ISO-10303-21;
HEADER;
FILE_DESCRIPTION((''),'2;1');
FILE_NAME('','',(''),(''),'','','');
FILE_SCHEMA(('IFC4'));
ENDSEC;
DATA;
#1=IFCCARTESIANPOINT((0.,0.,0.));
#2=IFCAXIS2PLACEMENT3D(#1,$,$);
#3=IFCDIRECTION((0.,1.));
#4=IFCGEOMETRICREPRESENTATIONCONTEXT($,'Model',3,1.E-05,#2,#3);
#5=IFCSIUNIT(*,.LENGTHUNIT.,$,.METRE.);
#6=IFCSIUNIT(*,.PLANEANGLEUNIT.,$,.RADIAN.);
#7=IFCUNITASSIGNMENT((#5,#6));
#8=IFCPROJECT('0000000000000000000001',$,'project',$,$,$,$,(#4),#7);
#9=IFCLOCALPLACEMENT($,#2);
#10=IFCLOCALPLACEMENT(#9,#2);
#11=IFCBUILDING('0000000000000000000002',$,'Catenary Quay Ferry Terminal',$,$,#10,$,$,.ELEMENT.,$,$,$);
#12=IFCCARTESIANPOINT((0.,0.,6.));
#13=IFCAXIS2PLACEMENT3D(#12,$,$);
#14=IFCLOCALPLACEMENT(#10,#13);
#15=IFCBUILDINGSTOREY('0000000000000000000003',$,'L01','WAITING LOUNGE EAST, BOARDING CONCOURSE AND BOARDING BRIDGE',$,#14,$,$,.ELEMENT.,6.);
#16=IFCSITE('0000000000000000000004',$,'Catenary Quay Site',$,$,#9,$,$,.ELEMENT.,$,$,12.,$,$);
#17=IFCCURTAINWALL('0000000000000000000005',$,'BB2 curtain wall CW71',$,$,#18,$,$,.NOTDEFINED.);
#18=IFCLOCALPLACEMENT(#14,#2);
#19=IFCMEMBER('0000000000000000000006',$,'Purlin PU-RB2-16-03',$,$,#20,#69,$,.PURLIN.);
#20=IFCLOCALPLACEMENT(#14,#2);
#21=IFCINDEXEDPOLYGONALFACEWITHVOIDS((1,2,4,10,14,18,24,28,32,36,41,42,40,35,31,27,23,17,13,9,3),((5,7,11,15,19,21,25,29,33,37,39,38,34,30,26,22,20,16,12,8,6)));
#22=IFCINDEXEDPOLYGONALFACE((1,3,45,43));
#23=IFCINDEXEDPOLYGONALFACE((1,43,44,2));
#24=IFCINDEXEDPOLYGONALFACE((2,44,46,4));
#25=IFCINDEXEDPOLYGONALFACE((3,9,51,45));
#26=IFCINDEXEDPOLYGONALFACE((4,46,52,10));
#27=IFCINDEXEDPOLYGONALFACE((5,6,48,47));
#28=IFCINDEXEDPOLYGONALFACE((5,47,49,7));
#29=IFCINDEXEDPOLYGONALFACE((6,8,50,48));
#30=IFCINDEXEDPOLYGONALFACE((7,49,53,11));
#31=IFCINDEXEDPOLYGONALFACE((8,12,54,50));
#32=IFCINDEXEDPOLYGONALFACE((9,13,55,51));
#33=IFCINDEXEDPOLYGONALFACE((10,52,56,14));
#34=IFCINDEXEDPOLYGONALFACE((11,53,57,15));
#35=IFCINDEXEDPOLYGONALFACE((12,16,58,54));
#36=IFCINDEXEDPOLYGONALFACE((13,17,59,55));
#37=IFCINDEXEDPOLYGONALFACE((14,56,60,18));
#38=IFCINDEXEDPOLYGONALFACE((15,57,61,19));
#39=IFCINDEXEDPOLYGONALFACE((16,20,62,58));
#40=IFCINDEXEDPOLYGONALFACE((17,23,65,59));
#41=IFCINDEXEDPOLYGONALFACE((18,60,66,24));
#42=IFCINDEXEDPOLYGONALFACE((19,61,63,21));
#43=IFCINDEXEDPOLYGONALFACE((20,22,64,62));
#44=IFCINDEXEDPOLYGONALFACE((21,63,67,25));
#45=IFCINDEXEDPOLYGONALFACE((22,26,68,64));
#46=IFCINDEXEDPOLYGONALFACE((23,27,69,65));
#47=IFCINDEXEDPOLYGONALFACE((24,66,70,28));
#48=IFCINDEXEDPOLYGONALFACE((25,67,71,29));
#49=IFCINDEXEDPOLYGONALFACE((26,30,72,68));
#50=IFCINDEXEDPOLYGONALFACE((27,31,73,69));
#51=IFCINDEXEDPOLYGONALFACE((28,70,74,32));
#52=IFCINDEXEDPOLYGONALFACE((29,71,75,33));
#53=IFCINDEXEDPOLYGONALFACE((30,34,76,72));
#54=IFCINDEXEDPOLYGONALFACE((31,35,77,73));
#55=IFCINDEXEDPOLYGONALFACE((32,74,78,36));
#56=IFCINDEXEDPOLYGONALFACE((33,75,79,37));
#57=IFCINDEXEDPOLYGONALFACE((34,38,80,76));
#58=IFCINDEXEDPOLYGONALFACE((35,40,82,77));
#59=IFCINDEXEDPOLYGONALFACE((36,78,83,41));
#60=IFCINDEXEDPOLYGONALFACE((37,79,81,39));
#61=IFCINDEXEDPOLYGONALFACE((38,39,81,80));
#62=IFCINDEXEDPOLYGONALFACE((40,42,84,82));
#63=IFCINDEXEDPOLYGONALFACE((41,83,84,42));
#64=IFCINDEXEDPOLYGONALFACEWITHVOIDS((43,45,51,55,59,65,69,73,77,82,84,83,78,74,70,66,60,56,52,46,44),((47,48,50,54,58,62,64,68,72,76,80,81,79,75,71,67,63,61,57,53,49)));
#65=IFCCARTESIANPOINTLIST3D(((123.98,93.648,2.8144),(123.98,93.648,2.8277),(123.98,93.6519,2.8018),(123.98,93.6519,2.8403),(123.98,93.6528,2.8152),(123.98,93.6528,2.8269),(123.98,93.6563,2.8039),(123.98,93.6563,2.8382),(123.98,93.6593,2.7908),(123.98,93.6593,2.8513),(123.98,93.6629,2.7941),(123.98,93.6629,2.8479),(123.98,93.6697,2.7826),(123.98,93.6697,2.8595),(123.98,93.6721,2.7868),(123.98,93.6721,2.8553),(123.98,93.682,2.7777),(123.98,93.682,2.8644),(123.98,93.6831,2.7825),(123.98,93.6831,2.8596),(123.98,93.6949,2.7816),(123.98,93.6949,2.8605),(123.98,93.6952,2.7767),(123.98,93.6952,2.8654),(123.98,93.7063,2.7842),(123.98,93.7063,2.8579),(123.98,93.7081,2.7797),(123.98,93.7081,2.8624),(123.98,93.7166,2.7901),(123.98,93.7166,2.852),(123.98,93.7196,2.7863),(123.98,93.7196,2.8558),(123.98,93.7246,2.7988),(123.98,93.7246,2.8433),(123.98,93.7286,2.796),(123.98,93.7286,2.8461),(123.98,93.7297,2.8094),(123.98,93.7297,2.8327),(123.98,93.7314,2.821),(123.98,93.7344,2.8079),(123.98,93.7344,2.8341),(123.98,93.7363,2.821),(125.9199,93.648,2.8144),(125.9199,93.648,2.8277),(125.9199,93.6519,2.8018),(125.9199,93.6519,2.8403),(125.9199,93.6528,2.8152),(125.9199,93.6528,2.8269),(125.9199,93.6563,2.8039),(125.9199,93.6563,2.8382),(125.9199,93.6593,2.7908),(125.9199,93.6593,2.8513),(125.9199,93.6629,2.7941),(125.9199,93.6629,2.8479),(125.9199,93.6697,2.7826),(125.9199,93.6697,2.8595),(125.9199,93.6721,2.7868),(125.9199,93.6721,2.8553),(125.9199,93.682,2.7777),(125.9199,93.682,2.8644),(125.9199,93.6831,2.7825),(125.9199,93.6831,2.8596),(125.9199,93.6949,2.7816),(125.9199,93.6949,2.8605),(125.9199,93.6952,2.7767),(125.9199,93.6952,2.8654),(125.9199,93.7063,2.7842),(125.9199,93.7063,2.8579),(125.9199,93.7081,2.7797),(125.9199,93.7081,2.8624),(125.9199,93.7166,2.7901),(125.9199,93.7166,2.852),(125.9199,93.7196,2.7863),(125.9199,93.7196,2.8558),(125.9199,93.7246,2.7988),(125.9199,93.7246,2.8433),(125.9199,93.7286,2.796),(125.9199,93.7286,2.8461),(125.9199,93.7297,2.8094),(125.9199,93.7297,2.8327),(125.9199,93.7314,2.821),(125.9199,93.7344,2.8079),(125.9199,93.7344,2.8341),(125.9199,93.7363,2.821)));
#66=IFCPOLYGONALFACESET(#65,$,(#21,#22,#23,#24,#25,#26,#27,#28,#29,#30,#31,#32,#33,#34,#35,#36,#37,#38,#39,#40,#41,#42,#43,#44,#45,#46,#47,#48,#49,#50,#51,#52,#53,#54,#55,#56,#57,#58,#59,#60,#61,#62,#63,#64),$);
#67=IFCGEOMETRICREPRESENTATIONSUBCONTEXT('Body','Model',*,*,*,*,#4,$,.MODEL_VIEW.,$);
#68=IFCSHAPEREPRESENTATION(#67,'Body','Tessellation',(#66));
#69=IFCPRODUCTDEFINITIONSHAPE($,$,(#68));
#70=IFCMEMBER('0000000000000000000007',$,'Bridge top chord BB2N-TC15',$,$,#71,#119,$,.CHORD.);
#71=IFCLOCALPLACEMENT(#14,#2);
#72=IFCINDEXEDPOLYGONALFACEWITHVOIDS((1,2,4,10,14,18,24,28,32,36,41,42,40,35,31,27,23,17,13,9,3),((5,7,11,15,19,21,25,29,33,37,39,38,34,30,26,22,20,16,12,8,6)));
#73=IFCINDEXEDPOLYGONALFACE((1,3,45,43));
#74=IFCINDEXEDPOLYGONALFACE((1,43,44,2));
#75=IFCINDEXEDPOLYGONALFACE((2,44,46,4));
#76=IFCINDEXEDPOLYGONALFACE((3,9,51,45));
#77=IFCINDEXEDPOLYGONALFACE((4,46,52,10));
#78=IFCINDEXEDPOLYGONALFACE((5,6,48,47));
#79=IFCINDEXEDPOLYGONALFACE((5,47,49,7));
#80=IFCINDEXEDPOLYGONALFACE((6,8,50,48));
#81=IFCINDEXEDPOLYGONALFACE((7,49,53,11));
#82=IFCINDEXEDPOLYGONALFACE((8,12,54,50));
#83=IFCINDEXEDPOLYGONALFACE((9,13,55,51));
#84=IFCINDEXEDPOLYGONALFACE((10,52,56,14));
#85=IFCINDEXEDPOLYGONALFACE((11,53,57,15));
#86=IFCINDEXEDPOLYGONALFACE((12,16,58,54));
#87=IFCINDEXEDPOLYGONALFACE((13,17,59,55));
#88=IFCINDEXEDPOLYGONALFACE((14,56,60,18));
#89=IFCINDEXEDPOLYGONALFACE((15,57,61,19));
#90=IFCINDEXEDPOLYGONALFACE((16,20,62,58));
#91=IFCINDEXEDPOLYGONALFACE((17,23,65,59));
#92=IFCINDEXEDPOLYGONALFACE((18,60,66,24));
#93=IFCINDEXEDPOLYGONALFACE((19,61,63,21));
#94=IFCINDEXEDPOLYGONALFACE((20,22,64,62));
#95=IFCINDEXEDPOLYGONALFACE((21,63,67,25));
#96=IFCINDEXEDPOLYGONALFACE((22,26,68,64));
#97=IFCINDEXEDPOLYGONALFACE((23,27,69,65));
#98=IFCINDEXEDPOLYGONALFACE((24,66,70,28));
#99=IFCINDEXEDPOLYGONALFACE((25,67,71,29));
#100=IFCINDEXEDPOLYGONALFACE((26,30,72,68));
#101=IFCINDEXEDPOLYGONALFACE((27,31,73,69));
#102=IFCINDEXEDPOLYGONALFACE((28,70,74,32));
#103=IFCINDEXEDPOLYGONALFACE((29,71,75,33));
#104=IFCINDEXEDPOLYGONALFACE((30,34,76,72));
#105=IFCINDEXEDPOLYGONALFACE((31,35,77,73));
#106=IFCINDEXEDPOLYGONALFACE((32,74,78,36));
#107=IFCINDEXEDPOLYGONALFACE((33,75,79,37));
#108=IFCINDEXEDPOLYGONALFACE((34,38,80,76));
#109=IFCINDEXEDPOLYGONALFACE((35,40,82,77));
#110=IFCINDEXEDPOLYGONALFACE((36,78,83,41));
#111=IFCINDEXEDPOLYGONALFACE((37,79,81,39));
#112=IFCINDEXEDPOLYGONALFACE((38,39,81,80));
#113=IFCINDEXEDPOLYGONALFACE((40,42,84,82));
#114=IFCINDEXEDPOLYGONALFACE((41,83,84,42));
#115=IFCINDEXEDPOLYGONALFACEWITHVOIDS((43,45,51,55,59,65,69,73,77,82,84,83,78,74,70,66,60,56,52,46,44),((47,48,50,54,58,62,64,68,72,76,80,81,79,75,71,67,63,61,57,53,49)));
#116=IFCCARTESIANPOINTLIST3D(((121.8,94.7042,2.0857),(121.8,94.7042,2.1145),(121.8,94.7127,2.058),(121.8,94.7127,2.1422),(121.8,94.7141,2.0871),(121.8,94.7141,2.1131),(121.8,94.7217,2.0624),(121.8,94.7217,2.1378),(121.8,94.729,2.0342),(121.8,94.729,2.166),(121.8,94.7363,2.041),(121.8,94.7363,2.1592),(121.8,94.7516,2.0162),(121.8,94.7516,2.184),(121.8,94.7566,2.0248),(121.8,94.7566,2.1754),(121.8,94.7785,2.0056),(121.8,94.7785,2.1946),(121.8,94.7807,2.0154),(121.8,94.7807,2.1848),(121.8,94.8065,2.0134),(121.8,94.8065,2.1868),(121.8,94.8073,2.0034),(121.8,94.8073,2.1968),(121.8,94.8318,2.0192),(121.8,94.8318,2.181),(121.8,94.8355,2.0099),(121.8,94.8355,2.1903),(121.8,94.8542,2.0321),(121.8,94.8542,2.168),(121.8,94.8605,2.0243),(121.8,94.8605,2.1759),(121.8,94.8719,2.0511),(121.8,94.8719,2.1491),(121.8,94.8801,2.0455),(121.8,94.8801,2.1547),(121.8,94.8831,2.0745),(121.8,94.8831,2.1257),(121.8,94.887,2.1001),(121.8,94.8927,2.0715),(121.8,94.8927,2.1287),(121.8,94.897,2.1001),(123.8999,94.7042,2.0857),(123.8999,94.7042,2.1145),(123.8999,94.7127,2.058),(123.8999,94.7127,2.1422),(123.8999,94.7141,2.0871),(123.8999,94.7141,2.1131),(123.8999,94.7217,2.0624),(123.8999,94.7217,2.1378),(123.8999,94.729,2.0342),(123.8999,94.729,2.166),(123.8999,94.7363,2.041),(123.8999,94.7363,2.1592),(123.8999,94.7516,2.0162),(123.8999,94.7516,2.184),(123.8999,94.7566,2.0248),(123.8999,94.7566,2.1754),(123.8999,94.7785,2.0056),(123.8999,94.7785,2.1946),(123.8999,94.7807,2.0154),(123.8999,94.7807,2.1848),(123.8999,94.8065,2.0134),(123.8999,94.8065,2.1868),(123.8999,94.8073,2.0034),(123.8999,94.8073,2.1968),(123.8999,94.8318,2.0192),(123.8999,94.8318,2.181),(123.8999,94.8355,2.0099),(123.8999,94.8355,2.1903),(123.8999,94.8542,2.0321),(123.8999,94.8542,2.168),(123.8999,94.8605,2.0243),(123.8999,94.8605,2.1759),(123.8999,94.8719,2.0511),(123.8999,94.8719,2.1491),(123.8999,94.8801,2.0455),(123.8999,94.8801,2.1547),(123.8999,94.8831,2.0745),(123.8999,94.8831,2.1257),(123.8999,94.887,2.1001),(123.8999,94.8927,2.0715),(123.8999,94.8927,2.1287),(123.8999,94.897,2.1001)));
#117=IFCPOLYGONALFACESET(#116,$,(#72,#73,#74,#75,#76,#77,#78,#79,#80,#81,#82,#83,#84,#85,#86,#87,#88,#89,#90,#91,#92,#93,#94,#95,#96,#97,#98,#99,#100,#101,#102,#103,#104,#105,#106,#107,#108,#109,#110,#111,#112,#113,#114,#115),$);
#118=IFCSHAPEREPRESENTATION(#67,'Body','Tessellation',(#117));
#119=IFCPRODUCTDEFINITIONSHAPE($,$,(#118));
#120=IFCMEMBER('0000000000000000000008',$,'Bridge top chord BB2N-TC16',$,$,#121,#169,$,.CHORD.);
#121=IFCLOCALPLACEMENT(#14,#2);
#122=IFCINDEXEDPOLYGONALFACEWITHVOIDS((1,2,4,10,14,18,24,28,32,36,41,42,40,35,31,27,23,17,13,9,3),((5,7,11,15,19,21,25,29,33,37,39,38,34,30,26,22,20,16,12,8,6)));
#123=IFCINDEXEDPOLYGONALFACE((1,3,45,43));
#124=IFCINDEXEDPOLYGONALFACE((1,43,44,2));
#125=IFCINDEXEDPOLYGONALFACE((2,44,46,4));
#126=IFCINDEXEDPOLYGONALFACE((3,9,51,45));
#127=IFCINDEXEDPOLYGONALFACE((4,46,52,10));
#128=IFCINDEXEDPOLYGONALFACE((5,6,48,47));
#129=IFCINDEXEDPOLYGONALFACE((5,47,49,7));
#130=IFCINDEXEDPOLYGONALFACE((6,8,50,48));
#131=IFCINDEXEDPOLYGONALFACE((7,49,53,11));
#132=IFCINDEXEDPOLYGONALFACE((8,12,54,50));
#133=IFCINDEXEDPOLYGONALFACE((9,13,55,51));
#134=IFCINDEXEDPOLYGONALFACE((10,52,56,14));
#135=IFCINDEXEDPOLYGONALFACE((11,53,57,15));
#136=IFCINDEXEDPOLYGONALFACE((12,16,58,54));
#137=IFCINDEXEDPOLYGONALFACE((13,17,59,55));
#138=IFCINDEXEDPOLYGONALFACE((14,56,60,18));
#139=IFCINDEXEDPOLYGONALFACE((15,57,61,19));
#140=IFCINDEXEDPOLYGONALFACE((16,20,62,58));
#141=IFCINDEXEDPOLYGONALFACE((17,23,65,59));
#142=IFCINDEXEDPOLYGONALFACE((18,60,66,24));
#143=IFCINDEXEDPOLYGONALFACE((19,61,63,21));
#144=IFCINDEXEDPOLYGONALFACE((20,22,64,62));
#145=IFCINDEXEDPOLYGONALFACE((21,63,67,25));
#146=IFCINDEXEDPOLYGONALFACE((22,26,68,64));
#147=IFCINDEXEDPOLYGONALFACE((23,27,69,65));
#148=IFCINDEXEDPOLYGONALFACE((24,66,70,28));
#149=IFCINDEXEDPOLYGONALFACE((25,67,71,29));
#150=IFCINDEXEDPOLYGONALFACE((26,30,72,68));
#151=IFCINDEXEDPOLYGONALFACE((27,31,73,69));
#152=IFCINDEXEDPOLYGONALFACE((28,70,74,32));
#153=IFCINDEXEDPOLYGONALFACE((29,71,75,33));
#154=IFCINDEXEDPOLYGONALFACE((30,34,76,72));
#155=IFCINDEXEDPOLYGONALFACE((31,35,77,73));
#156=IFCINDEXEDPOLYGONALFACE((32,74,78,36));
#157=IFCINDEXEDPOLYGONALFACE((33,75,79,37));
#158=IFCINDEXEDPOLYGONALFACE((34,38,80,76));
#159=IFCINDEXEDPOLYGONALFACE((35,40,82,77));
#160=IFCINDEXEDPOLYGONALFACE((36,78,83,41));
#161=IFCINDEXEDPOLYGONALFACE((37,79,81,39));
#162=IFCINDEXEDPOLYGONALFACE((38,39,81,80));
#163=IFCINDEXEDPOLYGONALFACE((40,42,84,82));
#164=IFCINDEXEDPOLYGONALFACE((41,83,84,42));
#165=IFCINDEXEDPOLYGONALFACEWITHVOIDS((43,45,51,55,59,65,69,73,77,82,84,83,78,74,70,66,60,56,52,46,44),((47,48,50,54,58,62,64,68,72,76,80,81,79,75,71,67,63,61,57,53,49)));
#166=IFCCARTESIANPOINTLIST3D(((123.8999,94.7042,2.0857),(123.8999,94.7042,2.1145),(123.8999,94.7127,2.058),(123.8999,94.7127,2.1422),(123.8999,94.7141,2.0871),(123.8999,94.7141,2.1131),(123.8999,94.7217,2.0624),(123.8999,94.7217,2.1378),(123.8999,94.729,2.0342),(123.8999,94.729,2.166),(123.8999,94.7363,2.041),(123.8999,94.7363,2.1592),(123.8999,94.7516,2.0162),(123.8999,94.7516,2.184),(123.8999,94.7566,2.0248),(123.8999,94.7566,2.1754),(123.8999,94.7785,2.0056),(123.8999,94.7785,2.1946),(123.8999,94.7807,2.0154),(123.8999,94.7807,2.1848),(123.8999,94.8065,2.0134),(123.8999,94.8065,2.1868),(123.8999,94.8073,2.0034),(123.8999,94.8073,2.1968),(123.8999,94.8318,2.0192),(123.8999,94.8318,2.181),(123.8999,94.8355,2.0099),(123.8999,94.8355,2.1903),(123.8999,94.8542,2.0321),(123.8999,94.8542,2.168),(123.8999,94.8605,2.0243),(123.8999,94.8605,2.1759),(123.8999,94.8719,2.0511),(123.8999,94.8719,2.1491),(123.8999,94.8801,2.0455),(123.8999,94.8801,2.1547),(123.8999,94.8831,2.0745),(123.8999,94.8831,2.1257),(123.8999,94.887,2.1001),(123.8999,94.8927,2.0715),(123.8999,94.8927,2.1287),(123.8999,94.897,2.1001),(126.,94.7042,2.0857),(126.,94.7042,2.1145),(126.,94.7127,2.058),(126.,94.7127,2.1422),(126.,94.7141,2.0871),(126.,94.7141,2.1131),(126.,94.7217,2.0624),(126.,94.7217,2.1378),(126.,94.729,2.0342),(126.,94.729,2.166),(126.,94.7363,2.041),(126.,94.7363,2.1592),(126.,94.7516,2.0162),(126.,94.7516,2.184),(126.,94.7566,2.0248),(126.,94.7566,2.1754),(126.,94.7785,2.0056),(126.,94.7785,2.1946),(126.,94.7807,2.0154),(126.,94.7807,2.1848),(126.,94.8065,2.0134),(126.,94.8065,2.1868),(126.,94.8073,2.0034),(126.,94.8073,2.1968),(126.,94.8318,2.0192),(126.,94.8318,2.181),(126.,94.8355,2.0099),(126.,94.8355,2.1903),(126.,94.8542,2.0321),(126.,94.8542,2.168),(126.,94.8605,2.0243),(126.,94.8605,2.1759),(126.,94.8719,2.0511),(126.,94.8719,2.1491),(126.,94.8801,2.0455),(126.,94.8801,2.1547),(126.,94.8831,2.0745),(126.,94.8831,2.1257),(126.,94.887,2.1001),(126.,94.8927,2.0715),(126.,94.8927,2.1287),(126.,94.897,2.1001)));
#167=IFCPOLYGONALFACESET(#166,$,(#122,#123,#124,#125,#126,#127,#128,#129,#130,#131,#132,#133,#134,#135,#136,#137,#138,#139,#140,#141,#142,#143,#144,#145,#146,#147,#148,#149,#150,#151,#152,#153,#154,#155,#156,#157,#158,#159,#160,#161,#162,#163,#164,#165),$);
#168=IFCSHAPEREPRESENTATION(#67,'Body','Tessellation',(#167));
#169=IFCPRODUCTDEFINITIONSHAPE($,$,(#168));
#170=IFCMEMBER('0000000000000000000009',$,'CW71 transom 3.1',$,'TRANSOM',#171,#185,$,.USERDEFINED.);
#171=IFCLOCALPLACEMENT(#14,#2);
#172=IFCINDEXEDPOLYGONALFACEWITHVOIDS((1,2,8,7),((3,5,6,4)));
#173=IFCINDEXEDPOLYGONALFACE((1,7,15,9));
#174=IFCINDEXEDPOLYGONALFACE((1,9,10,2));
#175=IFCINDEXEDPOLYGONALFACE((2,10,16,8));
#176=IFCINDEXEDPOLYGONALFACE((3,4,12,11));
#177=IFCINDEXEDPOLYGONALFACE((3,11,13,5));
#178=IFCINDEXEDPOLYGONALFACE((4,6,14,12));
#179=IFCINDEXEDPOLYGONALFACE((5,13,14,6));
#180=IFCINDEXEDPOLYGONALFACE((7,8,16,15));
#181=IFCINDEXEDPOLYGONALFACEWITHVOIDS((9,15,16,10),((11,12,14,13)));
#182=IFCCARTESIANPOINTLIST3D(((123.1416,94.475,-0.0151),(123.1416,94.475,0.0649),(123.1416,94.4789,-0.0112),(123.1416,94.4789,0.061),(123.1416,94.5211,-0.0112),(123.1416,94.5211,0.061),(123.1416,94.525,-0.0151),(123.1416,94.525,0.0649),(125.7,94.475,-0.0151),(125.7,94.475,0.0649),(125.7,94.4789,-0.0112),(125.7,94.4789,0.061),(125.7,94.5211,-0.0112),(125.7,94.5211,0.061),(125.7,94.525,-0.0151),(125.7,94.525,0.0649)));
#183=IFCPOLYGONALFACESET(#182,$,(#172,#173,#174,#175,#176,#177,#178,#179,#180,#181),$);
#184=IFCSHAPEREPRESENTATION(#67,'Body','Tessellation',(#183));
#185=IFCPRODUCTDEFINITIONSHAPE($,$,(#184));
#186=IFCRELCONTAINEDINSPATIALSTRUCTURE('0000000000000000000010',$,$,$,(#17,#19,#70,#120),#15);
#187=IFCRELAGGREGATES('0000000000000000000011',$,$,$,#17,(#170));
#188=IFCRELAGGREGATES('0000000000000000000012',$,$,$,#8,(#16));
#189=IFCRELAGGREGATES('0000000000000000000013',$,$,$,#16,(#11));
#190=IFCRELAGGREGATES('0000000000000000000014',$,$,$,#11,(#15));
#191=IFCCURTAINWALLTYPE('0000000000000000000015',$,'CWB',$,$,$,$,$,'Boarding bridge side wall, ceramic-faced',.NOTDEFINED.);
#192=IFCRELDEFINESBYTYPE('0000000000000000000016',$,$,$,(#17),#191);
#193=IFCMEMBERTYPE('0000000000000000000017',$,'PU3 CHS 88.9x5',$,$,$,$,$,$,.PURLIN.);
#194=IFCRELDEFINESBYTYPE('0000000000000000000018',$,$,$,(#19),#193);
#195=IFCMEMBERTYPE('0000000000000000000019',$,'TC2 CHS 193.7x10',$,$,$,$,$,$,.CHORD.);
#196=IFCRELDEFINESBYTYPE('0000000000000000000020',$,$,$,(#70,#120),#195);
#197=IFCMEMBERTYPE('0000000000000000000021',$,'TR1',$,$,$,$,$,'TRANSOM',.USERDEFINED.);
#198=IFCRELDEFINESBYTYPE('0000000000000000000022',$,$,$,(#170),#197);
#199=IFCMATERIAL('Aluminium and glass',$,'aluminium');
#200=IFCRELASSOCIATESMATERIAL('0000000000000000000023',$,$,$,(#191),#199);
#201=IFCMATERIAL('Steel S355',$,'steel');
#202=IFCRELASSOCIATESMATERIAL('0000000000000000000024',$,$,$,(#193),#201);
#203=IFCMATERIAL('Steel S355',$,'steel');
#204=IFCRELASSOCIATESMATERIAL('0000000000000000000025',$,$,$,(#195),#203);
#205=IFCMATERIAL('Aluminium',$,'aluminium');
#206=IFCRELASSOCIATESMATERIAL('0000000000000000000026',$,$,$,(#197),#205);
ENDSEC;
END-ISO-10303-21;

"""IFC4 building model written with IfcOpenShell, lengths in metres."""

from ifc_helpers import new_model, si_unit, direction, frame, origin, origin_2d, place, context, subcontext, project, spatial, hollow_rectangle, hollow_circle, extrude, material, material_profile, profile_set, type_object, element, aggregate, save


model = new_model("IFC4")

# Units and contexts
model_context = context("Model", 3, precision=1e-05, world=origin(), true_north=direction((0.0, 1.0)))
body_context = subcontext(model_context, "Body", "Model", "MODEL_VIEW")
ifc_project = project(units=[si_unit("LENGTHUNIT", "METRE"), si_unit("PLANEANGLEUNIT", "RADIAN")], contexts=[model_context])

# Site, building, storey
site_placement = place(None, origin())
site = spatial("IfcSite", under=ifc_project, at=site_placement, Name="Catenary Quay Site", CompositionType="ELEMENT", RefElevation=12.0)
building_placement = place(site_placement, origin())
building = spatial("IfcBuilding", under=site, at=building_placement, Name="Catenary Quay Ferry Terminal", CompositionType="ELEMENT")
storey_placement = place(building_placement, frame((0.0, 0.0, 6.0)))
storey = spatial("IfcBuildingStorey", under=building, at=storey_placement, Name="L01", Description="WAITING LOUNGE EAST, BOARDING CONCOURSE AND BOARDING BRIDGE", CompositionType="ELEMENT", Elevation=6.0)

# Curtain wall
ifc_material_1 = material(Name="Aluminium and glass", Category="aluminium")
curtain_wall_type = type_object("IfcCurtainWallType", Name="CWB", ElementType="Boarding bridge side wall, ceramic-faced", PredefinedType="NOTDEFINED", material=ifc_material_1)
curtain_wall_placement = place(storey_placement, origin())
curtain_wall = element("IfcCurtainWall", 1, at=curtain_wall_placement, inside=storey, type_object=curtain_wall_type, Name="BB2 curtain wall CW71", PredefinedType="NOTDEFINED")

# Members
ifc_material_2 = material(Name="Steel S355", Category="steel")
ifc_material_profile_1 = material_profile(ifc_material_2, hollow_circle(Radius=0.0444, WallThickness=0.0049, at=origin_2d()), Name="CHS 88.9x5")
ifc_profile_set_1 = profile_set([ifc_material_profile_1], Name="Steel S355")
member_type_1 = type_object("IfcMemberType", Name="PU3 CHS 88.9x5", PredefinedType="PURLIN", material=ifc_profile_set_1)
for number, where, z_axis, x_axis, name in (
    (2, (123.98, 93.6919, 2.821), (1.0, 0.0, 0.0), (0.0, 1.0, 0.0), "Purlin PU-RB2-16-03"),
):
    element("IfcMember", number, at=place(storey_placement, frame(where, z_axis=z_axis, x_axis=x_axis)), inside=storey, type_object=member_type_1, Name=name, PredefinedType="PURLIN", context=body_context, shape_type="SweptSolid", body=[
        extrude(hollow_circle(Radius=0.0444, WallThickness=0.0049, at=origin_2d()), origin(), (0.0, 0.0, 1.0), 1.9399),
    ])
ifc_material_3 = material(Name="Steel S355", Category="steel")
ifc_material_profile_2 = material_profile(ifc_material_3, hollow_circle(Radius=0.0969, WallThickness=0.01, at=origin_2d()), Name="CHS 193.7x10")
ifc_profile_set_2 = profile_set([ifc_material_profile_2], Name="Steel S355")
member_type_2 = type_object("IfcMemberType", Name="TC2 CHS 193.7x10", PredefinedType="CHORD", material=ifc_profile_set_2)
member_1_placement = place(storey_placement, frame((121.8, 94.8, 2.1001), z_axis=(1.0, 0.0, 0.0), x_axis=(0.0, 1.0, 0.0)))
element("IfcMember", 3, at=member_1_placement, inside=storey, type_object=member_type_2, Name="Bridge top chord BB2N-TC15", PredefinedType="CHORD", context=body_context, shape_type="SweptSolid", body=[
    extrude(hollow_circle(Radius=0.0969, WallThickness=0.01, at=origin_2d()), origin(), (0.0, 0.0, 1.0), 2.0999),
])
member_2_placement = place(storey_placement, frame((123.8999, 94.8, 2.1001), z_axis=(1.0, 0.0, 0.0), x_axis=(0.0, 1.0, 0.0)))
element("IfcMember", 4, at=member_2_placement, inside=storey, type_object=member_type_2, Name="Bridge top chord BB2N-TC16", PredefinedType="CHORD", context=body_context, shape_type="SweptSolid", body=[
    extrude(hollow_circle(Radius=0.0969, WallThickness=0.01, at=origin_2d()), origin(), (0.0, 0.0, 1.0), 2.1001),
])

# Member
ifc_material_4 = material(Name="Aluminium", Category="aluminium")
ifc_material_profile_3 = material_profile(ifc_material_4, hollow_rectangle(XDim=0.05, YDim=0.0801, WallThickness=0.0039, at=origin_2d()), Name="TR1")
ifc_profile_set_3 = profile_set([ifc_material_profile_3], Name="Aluminium")
member_type_3 = type_object("IfcMemberType", Name="TR1", ElementType="TRANSOM", PredefinedType="USERDEFINED", material=ifc_profile_set_3)
member_3_placement = place(storey_placement, frame((123.1416, 94.5, 0.0249), z_axis=(1.0, 0.0, 0.0), x_axis=(0.0, 1.0, 0.0)))
member_3 = element("IfcMember", 5, at=member_3_placement, type_object=member_type_3, Name="CW71 transom 3.1", ObjectType="TRANSOM", PredefinedType="USERDEFINED", context=body_context, shape_type="SweptSolid", body=[
    extrude(hollow_rectangle(XDim=0.05, YDim=0.0801, WallThickness=0.0039, at=origin_2d()), origin(), (0.0, 0.0, 1.0), 2.5583),
])

aggregate(curtain_wall, [member_3])

save(model, "model.ifc")
